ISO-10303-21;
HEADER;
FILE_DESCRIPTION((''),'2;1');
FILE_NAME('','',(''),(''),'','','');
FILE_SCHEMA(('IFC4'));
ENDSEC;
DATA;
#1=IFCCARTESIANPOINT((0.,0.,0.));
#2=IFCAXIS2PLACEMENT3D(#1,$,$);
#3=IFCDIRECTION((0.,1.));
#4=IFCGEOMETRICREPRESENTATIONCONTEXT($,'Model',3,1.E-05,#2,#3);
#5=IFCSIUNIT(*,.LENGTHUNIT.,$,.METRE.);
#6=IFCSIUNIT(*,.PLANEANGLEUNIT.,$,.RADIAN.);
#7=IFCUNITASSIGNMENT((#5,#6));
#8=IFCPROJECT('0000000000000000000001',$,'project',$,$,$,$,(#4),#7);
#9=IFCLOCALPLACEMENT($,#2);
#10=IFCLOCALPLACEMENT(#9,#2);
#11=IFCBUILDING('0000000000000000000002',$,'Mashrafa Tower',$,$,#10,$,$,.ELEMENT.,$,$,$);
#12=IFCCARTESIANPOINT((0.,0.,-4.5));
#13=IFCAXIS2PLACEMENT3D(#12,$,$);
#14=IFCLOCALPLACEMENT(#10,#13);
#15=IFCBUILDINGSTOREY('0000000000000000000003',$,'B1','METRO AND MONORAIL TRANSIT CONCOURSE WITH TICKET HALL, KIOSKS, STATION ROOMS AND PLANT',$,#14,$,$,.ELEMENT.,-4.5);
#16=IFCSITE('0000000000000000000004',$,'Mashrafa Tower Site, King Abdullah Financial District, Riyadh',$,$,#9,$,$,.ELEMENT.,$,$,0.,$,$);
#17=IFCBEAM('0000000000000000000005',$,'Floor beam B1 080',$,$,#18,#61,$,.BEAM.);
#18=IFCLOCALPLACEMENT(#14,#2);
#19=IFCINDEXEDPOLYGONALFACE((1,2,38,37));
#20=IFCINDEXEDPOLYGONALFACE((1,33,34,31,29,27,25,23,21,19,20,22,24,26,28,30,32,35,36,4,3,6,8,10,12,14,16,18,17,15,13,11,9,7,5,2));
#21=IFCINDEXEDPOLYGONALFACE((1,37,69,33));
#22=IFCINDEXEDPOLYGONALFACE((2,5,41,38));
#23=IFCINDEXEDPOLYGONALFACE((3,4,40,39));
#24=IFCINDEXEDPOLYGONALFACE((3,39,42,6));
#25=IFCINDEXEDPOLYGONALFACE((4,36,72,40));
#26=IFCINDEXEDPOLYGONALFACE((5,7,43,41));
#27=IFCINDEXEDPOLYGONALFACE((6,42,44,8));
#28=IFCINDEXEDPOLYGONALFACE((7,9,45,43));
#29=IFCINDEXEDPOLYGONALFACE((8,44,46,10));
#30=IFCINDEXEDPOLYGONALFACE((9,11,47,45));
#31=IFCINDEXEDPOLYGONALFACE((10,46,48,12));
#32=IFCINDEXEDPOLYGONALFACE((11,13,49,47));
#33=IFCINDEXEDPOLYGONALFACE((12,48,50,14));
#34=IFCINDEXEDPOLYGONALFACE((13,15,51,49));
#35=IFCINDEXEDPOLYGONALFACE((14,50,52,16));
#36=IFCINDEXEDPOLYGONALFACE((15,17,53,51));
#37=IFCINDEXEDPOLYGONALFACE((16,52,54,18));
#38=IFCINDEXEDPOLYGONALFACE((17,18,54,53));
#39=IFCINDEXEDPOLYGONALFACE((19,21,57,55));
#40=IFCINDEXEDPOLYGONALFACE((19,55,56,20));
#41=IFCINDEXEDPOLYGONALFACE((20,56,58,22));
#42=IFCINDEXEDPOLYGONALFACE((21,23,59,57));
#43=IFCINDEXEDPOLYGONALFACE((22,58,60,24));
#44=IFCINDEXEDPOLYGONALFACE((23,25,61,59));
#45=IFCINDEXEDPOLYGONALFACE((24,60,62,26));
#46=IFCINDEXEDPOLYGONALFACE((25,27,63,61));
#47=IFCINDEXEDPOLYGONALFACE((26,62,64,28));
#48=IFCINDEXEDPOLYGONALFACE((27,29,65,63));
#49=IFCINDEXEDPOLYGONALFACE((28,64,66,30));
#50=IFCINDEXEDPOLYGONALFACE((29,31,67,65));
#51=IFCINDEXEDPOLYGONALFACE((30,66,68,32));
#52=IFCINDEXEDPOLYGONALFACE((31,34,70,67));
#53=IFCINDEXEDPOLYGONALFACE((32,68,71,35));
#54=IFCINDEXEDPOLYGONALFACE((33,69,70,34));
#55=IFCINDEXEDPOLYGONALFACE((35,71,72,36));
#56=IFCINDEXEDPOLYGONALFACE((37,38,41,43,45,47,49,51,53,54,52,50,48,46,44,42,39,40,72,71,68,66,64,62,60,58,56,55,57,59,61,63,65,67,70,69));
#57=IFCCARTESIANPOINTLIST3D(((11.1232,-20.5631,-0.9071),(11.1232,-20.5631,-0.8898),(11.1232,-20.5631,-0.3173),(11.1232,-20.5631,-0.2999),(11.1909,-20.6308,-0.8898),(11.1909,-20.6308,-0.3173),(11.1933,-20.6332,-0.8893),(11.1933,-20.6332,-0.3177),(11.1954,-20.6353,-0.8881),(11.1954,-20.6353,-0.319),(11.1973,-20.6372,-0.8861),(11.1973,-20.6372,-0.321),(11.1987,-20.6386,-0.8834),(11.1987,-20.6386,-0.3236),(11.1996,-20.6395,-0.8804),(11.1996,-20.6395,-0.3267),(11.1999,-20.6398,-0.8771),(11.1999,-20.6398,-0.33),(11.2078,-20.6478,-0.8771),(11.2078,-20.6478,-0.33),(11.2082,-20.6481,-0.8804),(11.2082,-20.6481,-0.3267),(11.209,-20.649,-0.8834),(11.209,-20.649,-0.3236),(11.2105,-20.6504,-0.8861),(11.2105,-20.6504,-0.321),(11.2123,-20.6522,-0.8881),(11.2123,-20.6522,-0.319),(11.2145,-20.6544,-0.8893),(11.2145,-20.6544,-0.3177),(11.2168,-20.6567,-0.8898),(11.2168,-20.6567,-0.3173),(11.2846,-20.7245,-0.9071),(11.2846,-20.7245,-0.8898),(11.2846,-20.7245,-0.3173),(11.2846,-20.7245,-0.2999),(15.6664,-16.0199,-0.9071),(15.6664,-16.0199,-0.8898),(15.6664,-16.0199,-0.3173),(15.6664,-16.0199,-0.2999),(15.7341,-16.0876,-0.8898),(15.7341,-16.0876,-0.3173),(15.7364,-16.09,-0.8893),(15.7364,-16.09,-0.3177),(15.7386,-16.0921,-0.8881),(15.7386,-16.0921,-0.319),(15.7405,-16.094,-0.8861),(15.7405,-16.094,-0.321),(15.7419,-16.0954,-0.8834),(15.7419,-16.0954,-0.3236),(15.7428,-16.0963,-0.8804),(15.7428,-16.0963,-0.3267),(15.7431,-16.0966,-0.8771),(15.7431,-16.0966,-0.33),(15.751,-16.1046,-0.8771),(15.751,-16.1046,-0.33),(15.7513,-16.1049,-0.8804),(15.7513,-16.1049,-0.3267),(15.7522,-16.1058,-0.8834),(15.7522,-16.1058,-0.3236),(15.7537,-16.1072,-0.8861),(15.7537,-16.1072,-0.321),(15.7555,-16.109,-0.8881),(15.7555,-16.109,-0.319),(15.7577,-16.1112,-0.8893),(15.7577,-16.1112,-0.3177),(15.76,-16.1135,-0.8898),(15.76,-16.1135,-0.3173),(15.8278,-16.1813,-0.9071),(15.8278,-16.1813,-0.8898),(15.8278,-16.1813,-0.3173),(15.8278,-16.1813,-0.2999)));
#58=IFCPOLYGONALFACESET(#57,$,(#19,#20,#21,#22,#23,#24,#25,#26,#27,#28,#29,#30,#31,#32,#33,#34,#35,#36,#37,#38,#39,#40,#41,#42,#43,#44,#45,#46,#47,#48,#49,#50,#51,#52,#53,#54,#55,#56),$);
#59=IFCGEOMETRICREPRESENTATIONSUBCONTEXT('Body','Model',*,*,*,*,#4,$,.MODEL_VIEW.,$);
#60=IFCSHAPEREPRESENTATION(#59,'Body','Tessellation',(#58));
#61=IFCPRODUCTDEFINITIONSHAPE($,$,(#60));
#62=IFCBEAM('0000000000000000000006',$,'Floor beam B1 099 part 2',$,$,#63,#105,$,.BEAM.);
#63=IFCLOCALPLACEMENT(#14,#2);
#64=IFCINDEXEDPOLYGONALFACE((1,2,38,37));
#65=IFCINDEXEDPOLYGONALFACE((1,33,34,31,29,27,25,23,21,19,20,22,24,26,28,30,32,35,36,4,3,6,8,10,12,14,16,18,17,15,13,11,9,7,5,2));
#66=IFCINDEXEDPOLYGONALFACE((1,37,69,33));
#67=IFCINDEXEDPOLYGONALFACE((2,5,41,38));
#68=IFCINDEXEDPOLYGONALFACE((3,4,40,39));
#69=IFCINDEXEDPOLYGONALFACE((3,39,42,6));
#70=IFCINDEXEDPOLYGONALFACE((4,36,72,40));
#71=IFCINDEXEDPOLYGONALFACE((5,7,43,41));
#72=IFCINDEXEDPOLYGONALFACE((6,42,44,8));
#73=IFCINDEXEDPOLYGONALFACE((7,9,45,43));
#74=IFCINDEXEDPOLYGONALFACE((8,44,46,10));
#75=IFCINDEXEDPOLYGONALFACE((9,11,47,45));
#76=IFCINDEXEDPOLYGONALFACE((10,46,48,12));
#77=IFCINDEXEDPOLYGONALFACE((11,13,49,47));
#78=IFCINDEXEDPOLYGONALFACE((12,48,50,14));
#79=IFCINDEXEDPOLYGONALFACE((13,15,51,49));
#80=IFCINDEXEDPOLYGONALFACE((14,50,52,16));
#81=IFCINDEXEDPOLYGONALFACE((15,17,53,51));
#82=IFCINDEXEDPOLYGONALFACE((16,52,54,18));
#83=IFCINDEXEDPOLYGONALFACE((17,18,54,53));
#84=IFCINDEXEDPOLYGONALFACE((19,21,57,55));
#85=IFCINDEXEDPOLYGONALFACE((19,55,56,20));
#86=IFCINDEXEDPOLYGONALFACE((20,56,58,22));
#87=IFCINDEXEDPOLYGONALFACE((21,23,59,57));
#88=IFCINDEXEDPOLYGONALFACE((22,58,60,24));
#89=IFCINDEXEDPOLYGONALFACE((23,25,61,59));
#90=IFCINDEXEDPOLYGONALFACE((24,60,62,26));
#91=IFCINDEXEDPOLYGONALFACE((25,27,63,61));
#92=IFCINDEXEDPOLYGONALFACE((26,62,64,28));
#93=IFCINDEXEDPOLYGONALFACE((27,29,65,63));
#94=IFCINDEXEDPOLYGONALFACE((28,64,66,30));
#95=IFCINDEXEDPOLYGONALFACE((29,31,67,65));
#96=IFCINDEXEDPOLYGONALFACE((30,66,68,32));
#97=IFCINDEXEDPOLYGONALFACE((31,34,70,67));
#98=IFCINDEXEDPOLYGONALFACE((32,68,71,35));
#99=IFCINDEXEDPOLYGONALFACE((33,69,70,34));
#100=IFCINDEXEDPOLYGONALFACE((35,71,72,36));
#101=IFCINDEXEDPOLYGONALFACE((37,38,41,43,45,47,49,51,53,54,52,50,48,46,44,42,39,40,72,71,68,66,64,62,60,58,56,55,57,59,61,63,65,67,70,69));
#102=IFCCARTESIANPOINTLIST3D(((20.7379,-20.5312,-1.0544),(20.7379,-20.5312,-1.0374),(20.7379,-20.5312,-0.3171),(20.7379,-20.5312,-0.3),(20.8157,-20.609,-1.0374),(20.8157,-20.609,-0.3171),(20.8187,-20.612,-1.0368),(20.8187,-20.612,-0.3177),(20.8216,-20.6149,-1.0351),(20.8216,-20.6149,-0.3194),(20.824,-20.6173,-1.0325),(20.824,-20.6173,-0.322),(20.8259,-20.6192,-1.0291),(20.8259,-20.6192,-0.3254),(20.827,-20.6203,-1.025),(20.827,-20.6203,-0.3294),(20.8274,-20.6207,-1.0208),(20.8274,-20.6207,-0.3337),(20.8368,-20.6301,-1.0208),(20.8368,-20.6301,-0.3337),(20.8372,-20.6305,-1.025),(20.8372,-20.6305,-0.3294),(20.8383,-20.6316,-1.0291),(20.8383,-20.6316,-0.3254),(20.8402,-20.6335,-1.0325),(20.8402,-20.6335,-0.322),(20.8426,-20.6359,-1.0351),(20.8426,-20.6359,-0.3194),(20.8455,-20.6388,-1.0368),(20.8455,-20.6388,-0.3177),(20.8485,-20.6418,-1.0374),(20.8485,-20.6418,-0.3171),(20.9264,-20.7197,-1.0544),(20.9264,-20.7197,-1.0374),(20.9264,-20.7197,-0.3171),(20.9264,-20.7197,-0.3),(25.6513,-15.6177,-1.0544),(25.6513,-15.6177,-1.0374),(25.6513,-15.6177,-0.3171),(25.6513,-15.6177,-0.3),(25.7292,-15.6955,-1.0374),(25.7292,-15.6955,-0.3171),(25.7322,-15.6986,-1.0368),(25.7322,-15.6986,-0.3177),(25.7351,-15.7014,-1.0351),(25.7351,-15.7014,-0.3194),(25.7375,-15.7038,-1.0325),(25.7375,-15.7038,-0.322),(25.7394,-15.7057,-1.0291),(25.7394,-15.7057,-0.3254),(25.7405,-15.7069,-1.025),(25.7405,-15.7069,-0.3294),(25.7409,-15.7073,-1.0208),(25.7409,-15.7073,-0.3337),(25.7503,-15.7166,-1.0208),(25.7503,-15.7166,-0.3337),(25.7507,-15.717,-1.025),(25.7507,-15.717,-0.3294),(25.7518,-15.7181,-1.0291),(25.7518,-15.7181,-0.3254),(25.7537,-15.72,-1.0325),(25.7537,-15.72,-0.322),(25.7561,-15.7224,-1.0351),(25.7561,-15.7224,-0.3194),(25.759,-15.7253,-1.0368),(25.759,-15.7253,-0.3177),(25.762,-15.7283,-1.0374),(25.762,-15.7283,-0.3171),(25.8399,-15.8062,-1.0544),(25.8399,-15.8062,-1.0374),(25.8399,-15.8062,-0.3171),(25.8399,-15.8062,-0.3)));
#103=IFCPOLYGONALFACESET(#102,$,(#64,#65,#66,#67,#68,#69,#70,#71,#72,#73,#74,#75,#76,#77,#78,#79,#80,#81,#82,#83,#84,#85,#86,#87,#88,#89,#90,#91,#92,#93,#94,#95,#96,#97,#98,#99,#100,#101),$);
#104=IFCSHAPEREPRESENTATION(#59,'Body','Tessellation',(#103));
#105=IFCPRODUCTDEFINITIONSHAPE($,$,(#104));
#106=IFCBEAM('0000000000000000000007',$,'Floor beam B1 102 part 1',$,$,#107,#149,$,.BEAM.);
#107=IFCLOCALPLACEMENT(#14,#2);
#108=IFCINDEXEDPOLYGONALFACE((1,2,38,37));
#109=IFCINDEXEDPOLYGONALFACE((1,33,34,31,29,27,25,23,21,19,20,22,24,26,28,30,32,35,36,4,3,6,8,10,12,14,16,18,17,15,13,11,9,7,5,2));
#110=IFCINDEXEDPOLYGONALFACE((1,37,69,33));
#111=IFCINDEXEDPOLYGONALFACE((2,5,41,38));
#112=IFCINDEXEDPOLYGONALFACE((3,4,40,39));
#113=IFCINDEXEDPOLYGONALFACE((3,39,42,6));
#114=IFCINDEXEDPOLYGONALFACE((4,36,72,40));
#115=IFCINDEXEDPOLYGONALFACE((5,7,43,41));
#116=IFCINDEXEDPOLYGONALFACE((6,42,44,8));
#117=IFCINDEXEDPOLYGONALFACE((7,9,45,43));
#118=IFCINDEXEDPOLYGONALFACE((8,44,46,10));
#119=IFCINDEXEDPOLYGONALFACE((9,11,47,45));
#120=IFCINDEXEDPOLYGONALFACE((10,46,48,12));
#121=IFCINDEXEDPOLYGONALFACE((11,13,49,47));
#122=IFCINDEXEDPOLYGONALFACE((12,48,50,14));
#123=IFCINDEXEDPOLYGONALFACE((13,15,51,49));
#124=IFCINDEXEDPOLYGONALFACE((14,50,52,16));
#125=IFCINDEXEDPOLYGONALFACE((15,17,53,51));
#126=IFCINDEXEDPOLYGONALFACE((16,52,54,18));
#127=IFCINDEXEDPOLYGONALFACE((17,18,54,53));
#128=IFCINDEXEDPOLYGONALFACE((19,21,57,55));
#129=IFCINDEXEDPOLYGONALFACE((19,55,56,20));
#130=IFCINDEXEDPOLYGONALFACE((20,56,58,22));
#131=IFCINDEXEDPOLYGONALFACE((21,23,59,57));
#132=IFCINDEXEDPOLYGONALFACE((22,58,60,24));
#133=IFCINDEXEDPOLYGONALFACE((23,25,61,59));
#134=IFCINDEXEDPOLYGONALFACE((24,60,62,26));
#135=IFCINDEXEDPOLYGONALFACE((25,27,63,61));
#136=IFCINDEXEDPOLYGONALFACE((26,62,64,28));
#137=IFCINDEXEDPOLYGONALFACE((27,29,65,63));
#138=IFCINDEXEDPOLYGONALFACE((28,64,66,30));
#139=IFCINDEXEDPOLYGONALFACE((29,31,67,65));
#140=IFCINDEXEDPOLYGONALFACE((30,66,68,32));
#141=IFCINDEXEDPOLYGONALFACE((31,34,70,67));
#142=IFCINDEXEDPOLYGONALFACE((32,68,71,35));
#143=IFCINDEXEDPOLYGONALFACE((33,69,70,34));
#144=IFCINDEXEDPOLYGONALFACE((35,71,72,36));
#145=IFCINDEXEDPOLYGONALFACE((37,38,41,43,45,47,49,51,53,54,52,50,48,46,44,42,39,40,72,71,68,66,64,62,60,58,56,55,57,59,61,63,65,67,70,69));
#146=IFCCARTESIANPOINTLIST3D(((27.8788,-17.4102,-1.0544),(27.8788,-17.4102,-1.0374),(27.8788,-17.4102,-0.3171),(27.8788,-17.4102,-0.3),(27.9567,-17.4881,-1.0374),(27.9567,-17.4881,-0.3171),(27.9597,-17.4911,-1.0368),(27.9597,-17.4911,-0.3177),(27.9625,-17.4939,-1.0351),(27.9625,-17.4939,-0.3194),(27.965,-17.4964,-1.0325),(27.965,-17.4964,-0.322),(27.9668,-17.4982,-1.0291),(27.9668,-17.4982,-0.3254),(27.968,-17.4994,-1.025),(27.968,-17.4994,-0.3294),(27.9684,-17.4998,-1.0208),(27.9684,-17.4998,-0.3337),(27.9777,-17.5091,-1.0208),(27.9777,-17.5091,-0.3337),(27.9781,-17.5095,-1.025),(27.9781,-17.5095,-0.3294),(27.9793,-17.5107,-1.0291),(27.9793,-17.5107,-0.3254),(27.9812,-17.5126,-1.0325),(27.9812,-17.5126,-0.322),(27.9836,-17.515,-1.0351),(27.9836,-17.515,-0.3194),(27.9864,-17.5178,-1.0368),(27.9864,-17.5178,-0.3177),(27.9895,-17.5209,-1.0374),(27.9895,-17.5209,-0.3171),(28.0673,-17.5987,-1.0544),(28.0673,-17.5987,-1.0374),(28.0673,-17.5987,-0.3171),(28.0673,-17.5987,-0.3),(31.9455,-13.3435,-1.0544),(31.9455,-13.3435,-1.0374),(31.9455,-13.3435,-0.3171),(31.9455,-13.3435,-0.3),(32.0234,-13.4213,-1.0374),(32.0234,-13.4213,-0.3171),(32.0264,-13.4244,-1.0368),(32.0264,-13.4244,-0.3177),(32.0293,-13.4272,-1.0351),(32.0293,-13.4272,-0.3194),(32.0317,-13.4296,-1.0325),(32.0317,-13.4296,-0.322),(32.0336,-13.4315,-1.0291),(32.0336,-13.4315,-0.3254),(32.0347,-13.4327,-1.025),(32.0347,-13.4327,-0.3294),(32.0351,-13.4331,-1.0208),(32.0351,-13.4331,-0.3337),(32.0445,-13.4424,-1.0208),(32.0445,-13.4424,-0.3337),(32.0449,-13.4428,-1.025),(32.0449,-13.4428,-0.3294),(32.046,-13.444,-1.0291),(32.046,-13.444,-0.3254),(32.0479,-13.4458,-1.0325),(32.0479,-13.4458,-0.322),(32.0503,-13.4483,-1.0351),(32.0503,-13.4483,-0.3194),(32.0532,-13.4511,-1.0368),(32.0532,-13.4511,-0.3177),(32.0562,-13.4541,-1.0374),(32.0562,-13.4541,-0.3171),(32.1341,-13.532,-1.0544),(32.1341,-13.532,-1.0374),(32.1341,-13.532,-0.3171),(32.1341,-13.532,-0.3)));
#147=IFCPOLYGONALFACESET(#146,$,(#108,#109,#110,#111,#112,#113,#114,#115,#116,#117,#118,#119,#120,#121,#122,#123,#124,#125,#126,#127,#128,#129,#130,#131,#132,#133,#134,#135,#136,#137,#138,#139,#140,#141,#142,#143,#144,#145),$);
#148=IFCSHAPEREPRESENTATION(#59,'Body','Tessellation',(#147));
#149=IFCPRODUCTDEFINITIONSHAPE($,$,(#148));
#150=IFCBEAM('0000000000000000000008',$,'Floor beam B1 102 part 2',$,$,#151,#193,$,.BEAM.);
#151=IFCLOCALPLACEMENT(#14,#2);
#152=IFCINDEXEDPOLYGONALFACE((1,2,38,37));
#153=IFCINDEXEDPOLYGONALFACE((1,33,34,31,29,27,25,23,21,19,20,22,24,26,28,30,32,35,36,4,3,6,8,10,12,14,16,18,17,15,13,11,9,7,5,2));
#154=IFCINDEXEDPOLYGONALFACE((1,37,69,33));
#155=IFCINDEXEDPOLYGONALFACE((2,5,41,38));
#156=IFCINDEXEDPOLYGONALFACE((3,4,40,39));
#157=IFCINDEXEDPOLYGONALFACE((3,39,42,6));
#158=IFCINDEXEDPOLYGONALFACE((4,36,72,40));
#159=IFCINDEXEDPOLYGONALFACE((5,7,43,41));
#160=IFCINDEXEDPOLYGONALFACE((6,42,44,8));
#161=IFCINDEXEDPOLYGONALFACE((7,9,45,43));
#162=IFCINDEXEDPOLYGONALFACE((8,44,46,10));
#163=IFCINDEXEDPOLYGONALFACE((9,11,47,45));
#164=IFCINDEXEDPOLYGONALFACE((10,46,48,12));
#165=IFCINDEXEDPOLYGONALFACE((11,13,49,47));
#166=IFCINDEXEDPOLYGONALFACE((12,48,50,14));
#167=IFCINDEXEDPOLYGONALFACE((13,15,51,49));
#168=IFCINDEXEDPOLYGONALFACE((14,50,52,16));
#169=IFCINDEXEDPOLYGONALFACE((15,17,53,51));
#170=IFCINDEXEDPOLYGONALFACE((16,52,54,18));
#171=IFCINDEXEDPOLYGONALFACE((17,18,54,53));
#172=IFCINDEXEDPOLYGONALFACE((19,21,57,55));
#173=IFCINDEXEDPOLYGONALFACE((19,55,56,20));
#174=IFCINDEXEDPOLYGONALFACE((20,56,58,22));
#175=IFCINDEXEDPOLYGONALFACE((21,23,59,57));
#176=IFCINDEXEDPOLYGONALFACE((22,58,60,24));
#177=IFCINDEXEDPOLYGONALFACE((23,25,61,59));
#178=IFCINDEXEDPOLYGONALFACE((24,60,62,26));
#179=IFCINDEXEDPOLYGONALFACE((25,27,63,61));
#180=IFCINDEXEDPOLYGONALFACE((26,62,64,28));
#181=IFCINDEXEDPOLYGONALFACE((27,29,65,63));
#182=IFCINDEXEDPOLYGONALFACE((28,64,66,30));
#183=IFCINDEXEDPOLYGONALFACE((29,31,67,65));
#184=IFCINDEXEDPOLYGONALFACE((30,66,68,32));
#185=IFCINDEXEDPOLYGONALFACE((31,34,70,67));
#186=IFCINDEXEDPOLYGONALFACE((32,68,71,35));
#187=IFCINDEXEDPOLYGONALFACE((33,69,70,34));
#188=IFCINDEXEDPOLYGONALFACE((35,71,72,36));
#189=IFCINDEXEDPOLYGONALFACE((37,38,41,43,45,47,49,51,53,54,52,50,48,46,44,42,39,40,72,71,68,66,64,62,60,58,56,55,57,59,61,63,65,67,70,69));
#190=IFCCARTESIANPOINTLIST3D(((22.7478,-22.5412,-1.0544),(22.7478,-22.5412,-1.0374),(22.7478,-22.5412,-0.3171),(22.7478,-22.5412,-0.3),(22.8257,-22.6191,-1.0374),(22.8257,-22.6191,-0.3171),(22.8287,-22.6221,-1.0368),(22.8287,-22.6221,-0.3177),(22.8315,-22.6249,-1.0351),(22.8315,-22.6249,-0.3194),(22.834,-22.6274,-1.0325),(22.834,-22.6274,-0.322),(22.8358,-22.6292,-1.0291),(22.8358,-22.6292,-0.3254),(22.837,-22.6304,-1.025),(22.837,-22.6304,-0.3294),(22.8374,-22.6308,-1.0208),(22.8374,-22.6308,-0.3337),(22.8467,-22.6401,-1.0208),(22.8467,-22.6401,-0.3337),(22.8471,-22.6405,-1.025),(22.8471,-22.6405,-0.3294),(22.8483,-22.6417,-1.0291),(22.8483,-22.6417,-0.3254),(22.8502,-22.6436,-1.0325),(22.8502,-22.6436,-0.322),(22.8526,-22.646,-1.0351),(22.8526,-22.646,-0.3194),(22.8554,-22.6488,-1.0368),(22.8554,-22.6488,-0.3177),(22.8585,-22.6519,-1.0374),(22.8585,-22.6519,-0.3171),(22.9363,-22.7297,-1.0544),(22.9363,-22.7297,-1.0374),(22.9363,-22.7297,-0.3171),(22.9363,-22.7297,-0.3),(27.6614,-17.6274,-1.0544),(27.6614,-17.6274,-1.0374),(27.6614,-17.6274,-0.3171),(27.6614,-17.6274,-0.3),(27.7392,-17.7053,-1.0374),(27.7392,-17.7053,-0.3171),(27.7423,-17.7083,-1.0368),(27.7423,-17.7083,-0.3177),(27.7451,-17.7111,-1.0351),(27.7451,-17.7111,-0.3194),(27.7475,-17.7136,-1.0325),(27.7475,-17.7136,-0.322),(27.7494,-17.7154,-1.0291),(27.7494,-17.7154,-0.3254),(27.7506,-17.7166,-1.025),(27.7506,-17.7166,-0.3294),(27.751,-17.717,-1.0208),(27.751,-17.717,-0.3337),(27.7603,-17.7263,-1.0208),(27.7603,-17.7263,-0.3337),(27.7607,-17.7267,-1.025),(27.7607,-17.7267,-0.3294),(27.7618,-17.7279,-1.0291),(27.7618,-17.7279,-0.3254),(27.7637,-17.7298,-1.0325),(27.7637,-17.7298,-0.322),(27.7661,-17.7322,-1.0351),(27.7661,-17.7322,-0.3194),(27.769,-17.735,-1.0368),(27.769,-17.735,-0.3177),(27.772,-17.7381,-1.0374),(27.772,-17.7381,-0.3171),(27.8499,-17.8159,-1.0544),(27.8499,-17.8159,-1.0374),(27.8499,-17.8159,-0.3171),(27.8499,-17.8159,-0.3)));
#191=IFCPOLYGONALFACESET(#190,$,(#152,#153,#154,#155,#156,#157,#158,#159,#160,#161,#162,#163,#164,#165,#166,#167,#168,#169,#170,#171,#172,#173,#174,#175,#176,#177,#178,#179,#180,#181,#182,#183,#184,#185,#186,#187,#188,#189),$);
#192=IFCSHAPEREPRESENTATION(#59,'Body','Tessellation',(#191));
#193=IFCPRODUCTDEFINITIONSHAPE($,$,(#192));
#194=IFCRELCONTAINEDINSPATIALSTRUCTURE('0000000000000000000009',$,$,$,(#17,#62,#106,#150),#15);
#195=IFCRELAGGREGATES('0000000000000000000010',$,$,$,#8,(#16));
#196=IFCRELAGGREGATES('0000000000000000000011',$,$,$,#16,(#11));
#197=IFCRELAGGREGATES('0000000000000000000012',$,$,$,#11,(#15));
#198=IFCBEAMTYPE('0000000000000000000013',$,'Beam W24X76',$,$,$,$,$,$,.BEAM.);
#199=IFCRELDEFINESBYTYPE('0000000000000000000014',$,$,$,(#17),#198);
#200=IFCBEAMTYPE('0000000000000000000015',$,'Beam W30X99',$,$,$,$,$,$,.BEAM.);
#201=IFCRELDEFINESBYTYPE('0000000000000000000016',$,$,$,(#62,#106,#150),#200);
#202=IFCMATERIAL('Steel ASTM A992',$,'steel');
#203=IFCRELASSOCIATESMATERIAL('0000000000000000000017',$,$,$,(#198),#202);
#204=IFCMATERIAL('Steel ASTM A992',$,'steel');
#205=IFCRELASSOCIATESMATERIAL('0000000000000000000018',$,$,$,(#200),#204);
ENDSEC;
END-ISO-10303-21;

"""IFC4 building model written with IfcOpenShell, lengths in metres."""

from ifc_helpers import new_model, si_unit, direction, frame, origin, origin_2d, place, context, subcontext, project, spatial, i_section, extrude, material, material_profile, profile_set, type_object, element, save


model = new_model("IFC4")

# Units and contexts
model_context = context("Model", 3, precision=1e-05, world=origin(), true_north=direction((0.0, 1.0)))
body_context = subcontext(model_context, "Body", "Model", "MODEL_VIEW")
ifc_project = project(units=[si_unit("LENGTHUNIT", "METRE"), si_unit("PLANEANGLEUNIT", "RADIAN")], contexts=[model_context])

# Site, building, storey
site_placement = place(None, origin())
site = spatial("IfcSite", under=ifc_project, at=site_placement, Name="Mashrafa Tower Site, King Abdullah Financial District, Riyadh", CompositionType="ELEMENT", RefElevation=0.0)
building_placement = place(site_placement, origin())
building = spatial("IfcBuilding", under=site, at=building_placement, Name="Mashrafa Tower", CompositionType="ELEMENT")
storey_placement = place(building_placement, frame((0.0, 0.0, -4.5)))
storey = spatial("IfcBuildingStorey", under=building, at=storey_placement, Name="B1", Description="METRO AND MONORAIL TRANSIT CONCOURSE WITH TICKET HALL, KIOSKS, STATION ROOMS AND PLANT", CompositionType="ELEMENT", Elevation=-4.5)

# Beams
ifc_material_1 = material(Name="Steel ASTM A992", Category="steel")
ifc_material_profile_1 = material_profile(ifc_material_1, i_section(OverallWidth=0.2283, OverallDepth=0.6072, WebThickness=0.0112, FlangeThickness=0.0173, FilletRadius=0.0127, at=origin_2d()), Name="W24X76")
ifc_profile_set_1 = profile_set([ifc_material_profile_1], Name="Steel ASTM A992")
beam_type_1 = type_object("IfcBeamType", Name="Beam W24X76", PredefinedType="BEAM", material=ifc_profile_set_1)
beam_1_placement = place(storey_placement, frame((15.7471, -16.1006, -0.6035), z_axis=(-0.707107, -0.707107, 0.0), x_axis=(0.707107, -0.707107, 0.0)))
element("IfcBeam", 1, at=beam_1_placement, inside=storey, type_object=beam_type_1, Name="Floor beam B1 080", PredefinedType="BEAM", context=body_context, shape_type="SweptSolid", body=[
    extrude(i_section(OverallWidth=0.2283, OverallDepth=0.6072, WebThickness=0.0112, FlangeThickness=0.0173, FilletRadius=0.0127, at=origin_2d()), origin(), (0.0, 0.0, 1.0), 6.425),
])
ifc_material_2 = material(Name="Steel ASTM A992", Category="steel")
ifc_material_profile_2 = material_profile(ifc_material_2, i_section(OverallWidth=0.2666, OverallDepth=0.7544, WebThickness=0.0132, FlangeThickness=0.0171, FilletRadius=0.0166, at=origin_2d()), Name="W30X99")
ifc_profile_set_2 = profile_set([ifc_material_profile_2], Name="Steel ASTM A992")
beam_type_2 = type_object("IfcBeamType", Name="Beam W30X99", PredefinedType="BEAM", material=ifc_profile_set_2)
beam_2_placement = place(storey_placement, frame((25.7456, -15.7119, -0.6772), z_axis=(-0.707107, -0.707107, 0.0), x_axis=(0.707107, -0.707107, 0.0)))
element("IfcBeam", 2, at=beam_2_placement, inside=storey, type_object=beam_type_2, Name="Floor beam B1 099 part 2", PredefinedType="BEAM", context=body_context, shape_type="SweptSolid", body=[
    extrude(i_section(OverallWidth=0.2666, OverallDepth=0.7544, WebThickness=0.0132, FlangeThickness=0.0171, FilletRadius=0.0166, at=origin_2d()), origin(), (0.0, 0.0, 1.0), 6.9487),
])
beam_3_placement = place(storey_placement, frame((32.0398, -13.4377, -0.6772), z_axis=(-0.707107, -0.707107, 0.0), x_axis=(0.707107, -0.707107, 0.0)))
element("IfcBeam", 3, at=beam_3_placement, inside=storey, type_object=beam_type_2, Name="Floor beam B1 102 part 1", PredefinedType="BEAM", context=body_context, shape_type="SweptSolid", body=[
    extrude(i_section(OverallWidth=0.2666, OverallDepth=0.7544, WebThickness=0.0132, FlangeThickness=0.0171, FilletRadius=0.0166, at=origin_2d()), origin(), (0.0, 0.0, 1.0), 5.7512),
])
beam_4_placement = place(storey_placement, frame((27.7556, -17.7217, -0.6772), z_axis=(-0.707089, -0.707124, 0.0), x_axis=(0.707124, -0.707089, 0.0)))
element("IfcBeam", 4, at=beam_4_placement, inside=storey, type_object=beam_type_2, Name="Floor beam B1 102 part 2", PredefinedType="BEAM", context=body_context, shape_type="SweptSolid", body=[
    extrude(i_section(OverallWidth=0.2666, OverallDepth=0.7544, WebThickness=0.0132, FlangeThickness=0.0171, FilletRadius=0.0166, at=origin_2d()), origin(), (0.0, 0.0, 1.0), 6.949),
])

save(model, "model.ifc")
